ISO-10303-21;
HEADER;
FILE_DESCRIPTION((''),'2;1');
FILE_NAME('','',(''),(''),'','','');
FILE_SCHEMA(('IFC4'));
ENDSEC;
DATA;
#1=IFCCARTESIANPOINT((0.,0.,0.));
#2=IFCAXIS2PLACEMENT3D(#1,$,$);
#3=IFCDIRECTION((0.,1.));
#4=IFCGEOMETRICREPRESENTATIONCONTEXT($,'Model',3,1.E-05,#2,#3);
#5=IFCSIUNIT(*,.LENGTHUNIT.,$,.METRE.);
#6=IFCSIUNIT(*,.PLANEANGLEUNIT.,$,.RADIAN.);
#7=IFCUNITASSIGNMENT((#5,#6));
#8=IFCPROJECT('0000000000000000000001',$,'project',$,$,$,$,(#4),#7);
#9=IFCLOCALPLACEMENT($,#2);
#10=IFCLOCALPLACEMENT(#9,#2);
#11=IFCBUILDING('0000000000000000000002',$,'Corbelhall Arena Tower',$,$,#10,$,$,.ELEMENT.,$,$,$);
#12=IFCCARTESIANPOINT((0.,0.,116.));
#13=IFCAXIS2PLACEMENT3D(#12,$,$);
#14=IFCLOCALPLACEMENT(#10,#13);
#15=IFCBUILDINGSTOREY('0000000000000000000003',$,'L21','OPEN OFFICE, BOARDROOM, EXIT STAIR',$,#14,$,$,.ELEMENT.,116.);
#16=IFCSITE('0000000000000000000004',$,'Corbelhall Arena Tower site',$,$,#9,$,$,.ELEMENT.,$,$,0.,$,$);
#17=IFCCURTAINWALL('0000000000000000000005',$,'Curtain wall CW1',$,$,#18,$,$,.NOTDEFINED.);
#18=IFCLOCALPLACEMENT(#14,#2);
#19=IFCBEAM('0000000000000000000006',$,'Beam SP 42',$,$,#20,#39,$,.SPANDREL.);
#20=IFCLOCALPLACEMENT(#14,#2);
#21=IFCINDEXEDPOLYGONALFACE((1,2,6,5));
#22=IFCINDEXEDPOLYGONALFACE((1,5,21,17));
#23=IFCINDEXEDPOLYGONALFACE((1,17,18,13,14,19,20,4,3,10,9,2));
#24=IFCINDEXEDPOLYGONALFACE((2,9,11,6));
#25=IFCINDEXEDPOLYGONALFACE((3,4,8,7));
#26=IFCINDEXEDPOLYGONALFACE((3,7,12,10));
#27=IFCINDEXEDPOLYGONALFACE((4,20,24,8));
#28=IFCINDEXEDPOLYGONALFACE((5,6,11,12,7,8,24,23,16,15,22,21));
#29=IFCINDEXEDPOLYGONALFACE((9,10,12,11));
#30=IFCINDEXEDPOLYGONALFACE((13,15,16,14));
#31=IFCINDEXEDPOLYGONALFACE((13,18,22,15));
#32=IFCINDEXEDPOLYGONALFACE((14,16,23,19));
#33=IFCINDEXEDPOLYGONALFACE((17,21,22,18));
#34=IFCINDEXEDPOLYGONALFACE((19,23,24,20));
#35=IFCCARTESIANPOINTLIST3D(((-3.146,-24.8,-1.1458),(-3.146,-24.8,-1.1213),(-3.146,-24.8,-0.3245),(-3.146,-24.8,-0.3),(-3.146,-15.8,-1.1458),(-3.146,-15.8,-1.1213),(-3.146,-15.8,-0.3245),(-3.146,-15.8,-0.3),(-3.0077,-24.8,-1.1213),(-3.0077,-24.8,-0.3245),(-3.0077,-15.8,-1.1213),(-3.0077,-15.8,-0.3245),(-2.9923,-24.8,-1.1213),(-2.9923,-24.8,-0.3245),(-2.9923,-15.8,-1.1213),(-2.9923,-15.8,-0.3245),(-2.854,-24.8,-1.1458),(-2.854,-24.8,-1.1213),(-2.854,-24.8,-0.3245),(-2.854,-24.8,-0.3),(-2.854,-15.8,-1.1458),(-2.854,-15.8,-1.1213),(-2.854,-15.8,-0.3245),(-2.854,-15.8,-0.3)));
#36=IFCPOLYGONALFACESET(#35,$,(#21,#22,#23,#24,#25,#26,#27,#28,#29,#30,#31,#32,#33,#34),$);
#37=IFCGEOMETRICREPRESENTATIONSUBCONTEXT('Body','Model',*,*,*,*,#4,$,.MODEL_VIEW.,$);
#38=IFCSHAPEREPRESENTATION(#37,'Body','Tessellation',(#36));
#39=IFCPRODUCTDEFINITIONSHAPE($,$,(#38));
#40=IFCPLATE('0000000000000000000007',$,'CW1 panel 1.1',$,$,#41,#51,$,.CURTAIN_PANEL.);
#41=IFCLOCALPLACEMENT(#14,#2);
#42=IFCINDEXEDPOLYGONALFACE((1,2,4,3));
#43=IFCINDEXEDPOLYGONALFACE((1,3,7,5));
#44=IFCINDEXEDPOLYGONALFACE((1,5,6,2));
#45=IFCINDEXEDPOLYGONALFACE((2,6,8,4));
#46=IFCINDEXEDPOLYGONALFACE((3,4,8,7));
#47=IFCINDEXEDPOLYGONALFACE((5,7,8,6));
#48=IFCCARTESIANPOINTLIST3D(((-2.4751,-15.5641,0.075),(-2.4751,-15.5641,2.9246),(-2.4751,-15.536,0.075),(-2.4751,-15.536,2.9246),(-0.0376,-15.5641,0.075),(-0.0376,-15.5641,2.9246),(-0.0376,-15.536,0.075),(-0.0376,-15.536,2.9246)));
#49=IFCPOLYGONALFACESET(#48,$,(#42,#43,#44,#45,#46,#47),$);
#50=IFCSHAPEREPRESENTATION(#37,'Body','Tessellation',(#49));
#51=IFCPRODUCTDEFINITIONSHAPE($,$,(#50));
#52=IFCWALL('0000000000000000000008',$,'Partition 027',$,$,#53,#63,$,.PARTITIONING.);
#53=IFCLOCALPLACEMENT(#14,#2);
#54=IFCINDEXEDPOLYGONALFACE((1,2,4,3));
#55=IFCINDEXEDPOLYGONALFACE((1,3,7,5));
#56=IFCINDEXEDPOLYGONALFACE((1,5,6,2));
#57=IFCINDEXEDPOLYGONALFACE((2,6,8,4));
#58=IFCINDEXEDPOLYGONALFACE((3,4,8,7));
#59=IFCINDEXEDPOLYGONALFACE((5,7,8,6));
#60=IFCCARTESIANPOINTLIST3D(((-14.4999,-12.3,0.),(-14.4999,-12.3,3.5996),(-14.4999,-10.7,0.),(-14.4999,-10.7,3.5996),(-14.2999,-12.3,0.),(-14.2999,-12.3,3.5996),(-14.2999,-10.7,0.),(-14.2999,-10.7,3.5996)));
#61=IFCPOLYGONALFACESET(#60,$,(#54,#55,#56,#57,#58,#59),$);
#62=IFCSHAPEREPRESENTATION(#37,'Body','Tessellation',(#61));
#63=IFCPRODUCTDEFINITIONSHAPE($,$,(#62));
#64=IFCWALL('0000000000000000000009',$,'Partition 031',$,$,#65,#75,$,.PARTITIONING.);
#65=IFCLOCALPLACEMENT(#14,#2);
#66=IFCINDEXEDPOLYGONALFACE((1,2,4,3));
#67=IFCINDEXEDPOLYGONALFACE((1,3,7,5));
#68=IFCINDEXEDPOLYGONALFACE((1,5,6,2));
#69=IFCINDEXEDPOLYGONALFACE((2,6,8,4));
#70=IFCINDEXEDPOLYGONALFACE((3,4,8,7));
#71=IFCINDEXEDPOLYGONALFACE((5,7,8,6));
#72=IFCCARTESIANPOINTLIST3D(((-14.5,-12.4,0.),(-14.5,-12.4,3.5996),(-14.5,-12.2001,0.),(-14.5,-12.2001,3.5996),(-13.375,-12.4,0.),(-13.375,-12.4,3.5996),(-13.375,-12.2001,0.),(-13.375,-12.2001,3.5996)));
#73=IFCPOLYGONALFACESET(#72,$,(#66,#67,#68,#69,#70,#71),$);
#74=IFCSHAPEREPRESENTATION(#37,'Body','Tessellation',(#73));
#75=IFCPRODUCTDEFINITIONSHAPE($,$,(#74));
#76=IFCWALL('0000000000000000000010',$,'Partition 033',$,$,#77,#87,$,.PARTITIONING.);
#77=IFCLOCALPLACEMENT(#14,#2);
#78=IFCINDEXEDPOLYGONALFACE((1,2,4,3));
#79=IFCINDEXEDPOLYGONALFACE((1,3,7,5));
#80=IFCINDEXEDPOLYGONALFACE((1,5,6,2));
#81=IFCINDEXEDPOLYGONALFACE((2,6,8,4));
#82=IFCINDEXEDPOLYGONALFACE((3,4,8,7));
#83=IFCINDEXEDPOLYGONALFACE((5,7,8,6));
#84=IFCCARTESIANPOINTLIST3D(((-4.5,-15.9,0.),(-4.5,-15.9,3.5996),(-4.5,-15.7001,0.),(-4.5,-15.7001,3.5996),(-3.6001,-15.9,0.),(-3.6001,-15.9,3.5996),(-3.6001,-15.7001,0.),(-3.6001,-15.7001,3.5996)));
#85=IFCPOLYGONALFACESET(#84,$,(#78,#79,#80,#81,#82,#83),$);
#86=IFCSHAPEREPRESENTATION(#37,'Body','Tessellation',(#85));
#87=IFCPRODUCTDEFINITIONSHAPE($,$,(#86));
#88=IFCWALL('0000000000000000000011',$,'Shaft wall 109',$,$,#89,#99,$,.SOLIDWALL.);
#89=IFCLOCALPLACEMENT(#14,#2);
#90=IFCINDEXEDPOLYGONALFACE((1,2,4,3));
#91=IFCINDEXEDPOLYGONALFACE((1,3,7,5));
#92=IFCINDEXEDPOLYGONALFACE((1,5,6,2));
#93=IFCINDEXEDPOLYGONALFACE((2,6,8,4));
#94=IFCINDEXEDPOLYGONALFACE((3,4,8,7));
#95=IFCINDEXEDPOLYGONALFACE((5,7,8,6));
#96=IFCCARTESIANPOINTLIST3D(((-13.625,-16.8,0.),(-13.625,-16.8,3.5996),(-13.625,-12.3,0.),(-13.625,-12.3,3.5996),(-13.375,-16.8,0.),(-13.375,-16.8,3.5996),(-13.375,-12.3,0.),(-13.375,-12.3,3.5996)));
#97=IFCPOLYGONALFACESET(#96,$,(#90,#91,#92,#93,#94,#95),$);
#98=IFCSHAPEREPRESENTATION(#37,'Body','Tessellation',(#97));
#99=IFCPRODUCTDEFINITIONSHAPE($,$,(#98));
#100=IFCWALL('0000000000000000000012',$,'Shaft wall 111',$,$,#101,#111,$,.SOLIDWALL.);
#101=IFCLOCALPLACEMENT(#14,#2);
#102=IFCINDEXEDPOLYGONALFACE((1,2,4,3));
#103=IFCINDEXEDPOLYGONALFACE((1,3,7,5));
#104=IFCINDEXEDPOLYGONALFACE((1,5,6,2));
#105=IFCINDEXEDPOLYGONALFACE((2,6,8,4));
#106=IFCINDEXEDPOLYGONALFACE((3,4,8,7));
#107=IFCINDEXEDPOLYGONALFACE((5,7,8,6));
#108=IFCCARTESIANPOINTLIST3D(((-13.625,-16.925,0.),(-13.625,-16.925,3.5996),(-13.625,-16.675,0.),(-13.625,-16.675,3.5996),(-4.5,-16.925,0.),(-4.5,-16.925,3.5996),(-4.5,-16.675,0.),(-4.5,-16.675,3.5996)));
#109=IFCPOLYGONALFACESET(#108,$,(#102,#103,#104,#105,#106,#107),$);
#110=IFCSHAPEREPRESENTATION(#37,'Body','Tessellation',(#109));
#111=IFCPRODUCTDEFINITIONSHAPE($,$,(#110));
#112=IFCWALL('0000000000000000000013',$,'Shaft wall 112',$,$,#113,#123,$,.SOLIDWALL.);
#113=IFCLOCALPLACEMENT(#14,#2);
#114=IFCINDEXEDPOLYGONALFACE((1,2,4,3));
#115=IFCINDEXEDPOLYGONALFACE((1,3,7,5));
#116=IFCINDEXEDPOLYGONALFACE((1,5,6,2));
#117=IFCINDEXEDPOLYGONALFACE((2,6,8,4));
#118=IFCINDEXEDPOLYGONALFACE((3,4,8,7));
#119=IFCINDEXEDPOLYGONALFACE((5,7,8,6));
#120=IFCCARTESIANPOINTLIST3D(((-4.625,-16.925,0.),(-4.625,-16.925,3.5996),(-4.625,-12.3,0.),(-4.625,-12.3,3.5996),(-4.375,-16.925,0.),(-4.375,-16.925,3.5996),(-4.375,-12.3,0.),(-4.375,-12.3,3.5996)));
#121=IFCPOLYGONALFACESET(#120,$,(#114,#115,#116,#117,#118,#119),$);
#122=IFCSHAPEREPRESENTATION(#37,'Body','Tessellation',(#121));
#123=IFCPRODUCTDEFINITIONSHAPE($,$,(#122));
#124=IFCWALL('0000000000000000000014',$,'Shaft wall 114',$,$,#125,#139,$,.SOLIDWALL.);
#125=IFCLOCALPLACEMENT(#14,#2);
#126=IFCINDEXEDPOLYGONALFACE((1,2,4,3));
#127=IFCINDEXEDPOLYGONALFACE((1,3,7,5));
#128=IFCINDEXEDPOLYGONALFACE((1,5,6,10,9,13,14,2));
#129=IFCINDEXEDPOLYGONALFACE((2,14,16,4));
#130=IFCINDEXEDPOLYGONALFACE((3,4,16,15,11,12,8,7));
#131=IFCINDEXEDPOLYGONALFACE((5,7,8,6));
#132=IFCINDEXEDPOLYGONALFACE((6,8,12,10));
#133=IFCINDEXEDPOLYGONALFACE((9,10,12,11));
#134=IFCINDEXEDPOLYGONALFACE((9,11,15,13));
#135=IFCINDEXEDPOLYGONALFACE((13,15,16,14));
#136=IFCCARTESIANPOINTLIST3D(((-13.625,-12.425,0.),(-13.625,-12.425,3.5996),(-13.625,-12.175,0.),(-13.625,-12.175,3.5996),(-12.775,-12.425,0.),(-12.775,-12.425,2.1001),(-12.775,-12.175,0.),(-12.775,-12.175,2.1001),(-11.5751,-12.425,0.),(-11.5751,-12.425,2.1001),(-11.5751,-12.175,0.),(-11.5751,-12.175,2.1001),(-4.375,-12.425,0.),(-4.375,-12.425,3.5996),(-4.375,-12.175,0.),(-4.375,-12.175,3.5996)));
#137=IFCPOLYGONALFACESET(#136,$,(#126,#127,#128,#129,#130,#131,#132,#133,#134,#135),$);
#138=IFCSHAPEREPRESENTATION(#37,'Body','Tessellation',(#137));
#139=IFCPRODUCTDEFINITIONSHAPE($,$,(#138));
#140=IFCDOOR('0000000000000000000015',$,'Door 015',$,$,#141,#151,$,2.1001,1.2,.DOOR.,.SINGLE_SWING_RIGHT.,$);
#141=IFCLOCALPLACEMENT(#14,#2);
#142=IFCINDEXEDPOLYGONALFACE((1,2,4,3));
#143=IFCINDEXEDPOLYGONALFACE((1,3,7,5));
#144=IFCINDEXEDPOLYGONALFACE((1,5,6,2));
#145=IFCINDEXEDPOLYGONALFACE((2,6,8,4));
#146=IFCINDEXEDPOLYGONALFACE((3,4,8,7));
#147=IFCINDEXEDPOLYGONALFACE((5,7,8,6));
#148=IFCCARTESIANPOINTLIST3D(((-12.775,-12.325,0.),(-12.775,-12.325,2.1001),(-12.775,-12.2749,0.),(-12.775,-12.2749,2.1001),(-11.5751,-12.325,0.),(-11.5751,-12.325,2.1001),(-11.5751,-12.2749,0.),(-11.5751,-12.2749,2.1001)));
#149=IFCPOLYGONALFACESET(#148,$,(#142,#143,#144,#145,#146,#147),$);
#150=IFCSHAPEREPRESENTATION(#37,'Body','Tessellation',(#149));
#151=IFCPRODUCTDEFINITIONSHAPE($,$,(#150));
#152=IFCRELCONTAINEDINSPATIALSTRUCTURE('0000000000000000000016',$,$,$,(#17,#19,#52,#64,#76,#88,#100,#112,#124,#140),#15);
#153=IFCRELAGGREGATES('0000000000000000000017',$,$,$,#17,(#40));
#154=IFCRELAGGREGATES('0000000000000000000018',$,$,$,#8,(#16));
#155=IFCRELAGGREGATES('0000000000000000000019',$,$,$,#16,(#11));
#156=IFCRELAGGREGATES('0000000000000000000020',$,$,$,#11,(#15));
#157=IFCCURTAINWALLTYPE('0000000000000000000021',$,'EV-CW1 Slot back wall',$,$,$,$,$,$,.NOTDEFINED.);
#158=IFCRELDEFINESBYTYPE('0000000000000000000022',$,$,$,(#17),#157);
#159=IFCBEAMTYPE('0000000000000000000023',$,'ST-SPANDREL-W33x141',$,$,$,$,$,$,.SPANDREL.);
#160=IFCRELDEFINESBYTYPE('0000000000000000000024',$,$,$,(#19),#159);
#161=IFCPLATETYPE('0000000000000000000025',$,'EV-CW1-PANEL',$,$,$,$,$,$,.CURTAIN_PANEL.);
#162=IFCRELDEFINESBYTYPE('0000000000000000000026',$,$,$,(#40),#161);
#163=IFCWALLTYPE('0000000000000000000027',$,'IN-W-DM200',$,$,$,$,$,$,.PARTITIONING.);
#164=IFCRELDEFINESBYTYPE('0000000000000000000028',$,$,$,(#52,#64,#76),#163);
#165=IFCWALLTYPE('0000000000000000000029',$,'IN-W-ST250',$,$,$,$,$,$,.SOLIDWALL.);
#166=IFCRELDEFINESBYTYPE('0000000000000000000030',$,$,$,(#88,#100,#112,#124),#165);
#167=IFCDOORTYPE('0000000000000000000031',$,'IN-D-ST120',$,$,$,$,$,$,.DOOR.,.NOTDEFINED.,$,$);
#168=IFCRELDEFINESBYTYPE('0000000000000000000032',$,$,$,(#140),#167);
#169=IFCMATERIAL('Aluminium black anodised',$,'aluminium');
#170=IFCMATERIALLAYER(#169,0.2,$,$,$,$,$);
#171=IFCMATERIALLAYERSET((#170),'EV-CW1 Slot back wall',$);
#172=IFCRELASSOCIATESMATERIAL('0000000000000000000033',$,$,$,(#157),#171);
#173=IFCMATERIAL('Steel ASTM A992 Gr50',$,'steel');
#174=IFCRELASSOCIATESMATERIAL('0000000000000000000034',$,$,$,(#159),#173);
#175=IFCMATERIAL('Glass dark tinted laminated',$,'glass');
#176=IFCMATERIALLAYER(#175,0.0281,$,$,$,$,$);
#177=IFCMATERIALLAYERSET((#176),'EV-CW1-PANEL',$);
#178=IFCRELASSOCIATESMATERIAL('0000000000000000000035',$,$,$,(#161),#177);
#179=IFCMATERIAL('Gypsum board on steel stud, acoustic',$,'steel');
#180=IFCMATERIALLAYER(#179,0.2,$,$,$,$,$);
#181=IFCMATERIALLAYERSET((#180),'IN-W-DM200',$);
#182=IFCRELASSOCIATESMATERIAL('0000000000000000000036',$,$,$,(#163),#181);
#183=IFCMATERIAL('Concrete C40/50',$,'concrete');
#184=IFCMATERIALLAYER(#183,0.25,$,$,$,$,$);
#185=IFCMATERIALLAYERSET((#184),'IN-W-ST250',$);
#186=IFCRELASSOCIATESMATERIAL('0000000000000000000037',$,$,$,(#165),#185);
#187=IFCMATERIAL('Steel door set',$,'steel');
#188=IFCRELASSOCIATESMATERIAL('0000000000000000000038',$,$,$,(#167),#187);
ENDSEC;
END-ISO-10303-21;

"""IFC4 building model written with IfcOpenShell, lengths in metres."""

from ifc_helpers import new_model, si_unit, direction, frame, frame_2d, origin, origin_2d, place, context, subcontext, project, spatial, rectangle, i_section, extrude, material, layer, layer_set, material_profile, profile_set, type_object, element, fill, aggregate, save


model = new_model("IFC4")

# Units and contexts
model_context = context("Model", 3, precision=1e-05, world=origin(), true_north=direction((0.0, 1.0)))
body_context = subcontext(model_context, "Body", "Model", "MODEL_VIEW")
ifc_project = project(units=[si_unit("LENGTHUNIT", "METRE"), si_unit("PLANEANGLEUNIT", "RADIAN")], contexts=[model_context])

# Site, building, storey
site_placement = place(None, origin())
site = spatial("IfcSite", under=ifc_project, at=site_placement, Name="Corbelhall Arena Tower site", CompositionType="ELEMENT", RefElevation=0.0)
building_placement = place(site_placement, origin())
building = spatial("IfcBuilding", under=site, at=building_placement, Name="Corbelhall Arena Tower", CompositionType="ELEMENT")
storey_placement = place(building_placement, frame((0.0, 0.0, 116.0)))
storey = spatial("IfcBuildingStorey", under=building, at=storey_placement, Name="L21", Description="OPEN OFFICE, BOARDROOM, EXIT STAIR", CompositionType="ELEMENT", Elevation=116.0)

# Curtain wall
ifc_material_1 = material(Name="Aluminium black anodised", Category="aluminium")
ifc_layer_1 = layer(ifc_material_1, 0.2)
ifc_layer_set_1 = layer_set([ifc_layer_1], Name="EV-CW1 Slot back wall")
curtain_wall_type = type_object("IfcCurtainWallType", Name="EV-CW1 Slot back wall", PredefinedType="NOTDEFINED", material=ifc_layer_set_1)
curtain_wall_placement = place(storey_placement, origin())
curtain_wall = element("IfcCurtainWall", 1, at=curtain_wall_placement, inside=storey, type_object=curtain_wall_type, Name="Curtain wall CW1", PredefinedType="NOTDEFINED")

# Beam
ifc_material_2 = material(Name="Steel ASTM A992 Gr50", Category="steel")
ifc_material_profile_1 = material_profile(ifc_material_2, i_section(OverallWidth=0.292, OverallDepth=0.8457, WebThickness=0.0154, FlangeThickness=0.0244, at=origin_2d()))
ifc_profile_set_1 = profile_set([ifc_material_profile_1], Name="Steel ASTM A992 Gr50")
beam_type_1 = type_object("IfcBeamType", Name="ST-SPANDREL-W33x141", PredefinedType="SPANDREL", material=ifc_profile_set_1)
beam_1_placement = place(storey_placement, frame((-3.0, -15.8, -0.7229), z_axis=(0.0, -1.0, 0.0), x_axis=(1.0, 0.0, 0.0)))
element("IfcBeam", 2, at=beam_1_placement, inside=storey, type_object=beam_type_1, Name="Beam SP 42", PredefinedType="SPANDREL", context=body_context, shape_type="SweptSolid", body=[
    extrude(i_section(OverallWidth=0.292, OverallDepth=0.8457, WebThickness=0.0154, FlangeThickness=0.0244, at=origin_2d()), origin(), (0.0, 0.0, 1.0), 9.0),
])

# Plate
ifc_material_3 = material(Name="Glass dark tinted laminated", Category="glass")
ifc_layer_2 = layer(ifc_material_3, 0.0281)
ifc_layer_set_2 = layer_set([ifc_layer_2], Name="EV-CW1-PANEL")
plate_type = type_object("IfcPlateType", Name="EV-CW1-PANEL", PredefinedType="CURTAIN_PANEL", material=ifc_layer_set_2)
plate_placement = place(storey_placement, frame((-1.2563, -15.55, 0.075), z_axis=(0.0, 0.0, 1.0), x_axis=(1.0, 0.0, 0.0)))
plate = element("IfcPlate", 3, at=plate_placement, type_object=plate_type, Name="CW1 panel 1.1", PredefinedType="CURTAIN_PANEL", context=body_context, shape_type="SweptSolid", body=[
    extrude(rectangle(XDim=2.4375, YDim=0.0281, at=origin_2d()), origin(), (0.0, 0.0, 1.0), 2.8496),
])
aggregate(curtain_wall, [plate])

# Walls
ifc_material_4 = material(Name="Gypsum board on steel stud, acoustic", Category="steel")
ifc_layer_3 = layer(ifc_material_4, 0.2)
ifc_layer_set_3 = layer_set([ifc_layer_3], Name="IN-W-DM200")
wall_type_1 = type_object("IfcWallType", Name="IN-W-DM200", PredefinedType="PARTITIONING", material=ifc_layer_set_3)
wall_1_placement = place(storey_placement, frame((-14.3999, -12.3, 0.0), z_axis=(0.0, 0.0, 1.0), x_axis=(0.0, 1.0, 0.0)))
element("IfcWall", 4, at=wall_1_placement, inside=storey, type_object=wall_type_1, Name="Partition 027", PredefinedType="PARTITIONING", context=body_context, shape_type="SweptSolid", body=[
    extrude(rectangle(XDim=1.6001, YDim=0.2, at=frame_2d((0.8, 0.0))), origin(), (0.0, 0.0, 1.0), 3.5996),
])
wall_2_placement = place(storey_placement, frame((-13.375, -12.3, 0.0), z_axis=(0.0, 0.0, 1.0), x_axis=(-1.0, 0.0, 0.0)))
element("IfcWall", 5, at=wall_2_placement, inside=storey, type_object=wall_type_1, Name="Partition 031", PredefinedType="PARTITIONING", context=body_context, shape_type="SweptSolid", body=[
    extrude(rectangle(XDim=1.125, YDim=0.2, at=frame_2d((0.5625, 0.0))), origin(), (0.0, 0.0, 1.0), 3.5996),
])
wall_3_placement = place(storey_placement, frame((-3.6001, -15.8, 0.0), z_axis=(0.0, 0.0, 1.0), x_axis=(-1.0, 0.0, 0.0)))
element("IfcWall", 6, at=wall_3_placement, inside=storey, type_object=wall_type_1, Name="Partition 033", PredefinedType="PARTITIONING", context=body_context, shape_type="SweptSolid", body=[
    extrude(rectangle(XDim=0.8999, YDim=0.2, at=frame_2d((0.45, 0.0))), origin(), (0.0, 0.0, 1.0), 3.5996),
])
ifc_material_5 = material(Name="Concrete C40/50", Category="concrete")
ifc_layer_4 = layer(ifc_material_5, 0.25)
ifc_layer_set_4 = layer_set([ifc_layer_4], Name="IN-W-ST250")
wall_type_2 = type_object("IfcWallType", Name="IN-W-ST250", PredefinedType="SOLIDWALL", material=ifc_layer_set_4)
wall_4_placement = place(storey_placement, frame((-13.5, -16.8, 0.0), z_axis=(0.0, 0.0, 1.0), x_axis=(0.0, 1.0, 0.0)))
element("IfcWall", 7, at=wall_4_placement, inside=storey, type_object=wall_type_2, Name="Shaft wall 109", PredefinedType="SOLIDWALL", context=body_context, shape_type="SweptSolid", body=[
    extrude(rectangle(XDim=4.5, YDim=0.25, at=frame_2d((2.25, 0.0))), origin(), (0.0, 0.0, 1.0), 3.5996),
])
wall_5_placement = place(storey_placement, frame((-4.5, -16.8, 0.0), z_axis=(0.0, 0.0, 1.0), x_axis=(-1.0, 0.0, 0.0)))
element("IfcWall", 8, at=wall_5_placement, inside=storey, type_object=wall_type_2, Name="Shaft wall 111", PredefinedType="SOLIDWALL", context=body_context, shape_type="SweptSolid", body=[
    extrude(rectangle(XDim=9.125, YDim=0.25, at=frame_2d((4.5625, 0.0))), origin(), (0.0, 0.0, 1.0), 3.5996),
])
wall_6_placement = place(storey_placement, frame((-4.5, -12.3, 0.0), z_axis=(0.0, 0.0, 1.0), x_axis=(0.0, -1.0, 0.0)))
element("IfcWall", 9, at=wall_6_placement, inside=storey, type_object=wall_type_2, Name="Shaft wall 112", PredefinedType="SOLIDWALL", context=body_context, shape_type="SweptSolid", body=[
    extrude(rectangle(XDim=4.625, YDim=0.25, at=frame_2d((2.3125, 0.0))), origin(), (0.0, 0.0, 1.0), 3.5996),
])

# Wall, opening, door
wall_7_placement = place(storey_placement, frame((-4.375, -12.3, 0.0), z_axis=(0.0, 0.0, 1.0), x_axis=(-1.0, 0.0, 0.0)))
wall_7 = element("IfcWall", 10, at=wall_7_placement, inside=storey, type_object=wall_type_2, Name="Shaft wall 114", PredefinedType="SOLIDWALL", context=body_context, shape_type="SweptSolid", body=[
    extrude(rectangle(XDim=9.25, YDim=0.25, at=frame_2d((4.625, 0.0))), origin(), (0.0, 0.0, 1.0), 3.5996),
])
opening_1_placement = place(wall_7_placement, frame((7.2, 0.0, 0.0)))
opening_1 = element("IfcOpeningElement", 11, at=opening_1_placement, cuts=wall_7, PredefinedType="OPENING", context=body_context, shape_type="SweptSolid", body=[
    extrude(rectangle(XDim=1.2, YDim=2.1001, at=frame_2d((0.6001, 1.05))), frame((0.0, 0.125, 0.0), z_axis=(0.0, -1.0, 0.0), x_axis=(1.0, 0.0, 0.0)), (0.0, 0.0, 1.0), 0.25),
])
ifc_material_6 = material(Name="Steel door set", Category="steel")
door_type = type_object("IfcDoorType", Name="IN-D-ST120", OperationType="NOTDEFINED", PredefinedType="DOOR", material=ifc_material_6)
door_placement = place(opening_1_placement, origin())
door = element("IfcDoor", 12, at=door_placement, inside=storey, type_object=door_type, Name="Door 015", OperationType="SINGLE_SWING_RIGHT", OverallHeight=2.1001, OverallWidth=1.2, PredefinedType="DOOR", context=body_context, shape_type="SweptSolid", body=[
    extrude(rectangle(XDim=1.2, YDim=2.1001, at=frame_2d((0.6001, 1.05))), frame((0.0, 0.0249, 0.0), z_axis=(0.0, -1.0, 0.0), x_axis=(1.0, 0.0, 0.0)), (0.0, 0.0, 1.0), 0.05),
])
fill(opening_1, door)

save(model, "model.ifc")
